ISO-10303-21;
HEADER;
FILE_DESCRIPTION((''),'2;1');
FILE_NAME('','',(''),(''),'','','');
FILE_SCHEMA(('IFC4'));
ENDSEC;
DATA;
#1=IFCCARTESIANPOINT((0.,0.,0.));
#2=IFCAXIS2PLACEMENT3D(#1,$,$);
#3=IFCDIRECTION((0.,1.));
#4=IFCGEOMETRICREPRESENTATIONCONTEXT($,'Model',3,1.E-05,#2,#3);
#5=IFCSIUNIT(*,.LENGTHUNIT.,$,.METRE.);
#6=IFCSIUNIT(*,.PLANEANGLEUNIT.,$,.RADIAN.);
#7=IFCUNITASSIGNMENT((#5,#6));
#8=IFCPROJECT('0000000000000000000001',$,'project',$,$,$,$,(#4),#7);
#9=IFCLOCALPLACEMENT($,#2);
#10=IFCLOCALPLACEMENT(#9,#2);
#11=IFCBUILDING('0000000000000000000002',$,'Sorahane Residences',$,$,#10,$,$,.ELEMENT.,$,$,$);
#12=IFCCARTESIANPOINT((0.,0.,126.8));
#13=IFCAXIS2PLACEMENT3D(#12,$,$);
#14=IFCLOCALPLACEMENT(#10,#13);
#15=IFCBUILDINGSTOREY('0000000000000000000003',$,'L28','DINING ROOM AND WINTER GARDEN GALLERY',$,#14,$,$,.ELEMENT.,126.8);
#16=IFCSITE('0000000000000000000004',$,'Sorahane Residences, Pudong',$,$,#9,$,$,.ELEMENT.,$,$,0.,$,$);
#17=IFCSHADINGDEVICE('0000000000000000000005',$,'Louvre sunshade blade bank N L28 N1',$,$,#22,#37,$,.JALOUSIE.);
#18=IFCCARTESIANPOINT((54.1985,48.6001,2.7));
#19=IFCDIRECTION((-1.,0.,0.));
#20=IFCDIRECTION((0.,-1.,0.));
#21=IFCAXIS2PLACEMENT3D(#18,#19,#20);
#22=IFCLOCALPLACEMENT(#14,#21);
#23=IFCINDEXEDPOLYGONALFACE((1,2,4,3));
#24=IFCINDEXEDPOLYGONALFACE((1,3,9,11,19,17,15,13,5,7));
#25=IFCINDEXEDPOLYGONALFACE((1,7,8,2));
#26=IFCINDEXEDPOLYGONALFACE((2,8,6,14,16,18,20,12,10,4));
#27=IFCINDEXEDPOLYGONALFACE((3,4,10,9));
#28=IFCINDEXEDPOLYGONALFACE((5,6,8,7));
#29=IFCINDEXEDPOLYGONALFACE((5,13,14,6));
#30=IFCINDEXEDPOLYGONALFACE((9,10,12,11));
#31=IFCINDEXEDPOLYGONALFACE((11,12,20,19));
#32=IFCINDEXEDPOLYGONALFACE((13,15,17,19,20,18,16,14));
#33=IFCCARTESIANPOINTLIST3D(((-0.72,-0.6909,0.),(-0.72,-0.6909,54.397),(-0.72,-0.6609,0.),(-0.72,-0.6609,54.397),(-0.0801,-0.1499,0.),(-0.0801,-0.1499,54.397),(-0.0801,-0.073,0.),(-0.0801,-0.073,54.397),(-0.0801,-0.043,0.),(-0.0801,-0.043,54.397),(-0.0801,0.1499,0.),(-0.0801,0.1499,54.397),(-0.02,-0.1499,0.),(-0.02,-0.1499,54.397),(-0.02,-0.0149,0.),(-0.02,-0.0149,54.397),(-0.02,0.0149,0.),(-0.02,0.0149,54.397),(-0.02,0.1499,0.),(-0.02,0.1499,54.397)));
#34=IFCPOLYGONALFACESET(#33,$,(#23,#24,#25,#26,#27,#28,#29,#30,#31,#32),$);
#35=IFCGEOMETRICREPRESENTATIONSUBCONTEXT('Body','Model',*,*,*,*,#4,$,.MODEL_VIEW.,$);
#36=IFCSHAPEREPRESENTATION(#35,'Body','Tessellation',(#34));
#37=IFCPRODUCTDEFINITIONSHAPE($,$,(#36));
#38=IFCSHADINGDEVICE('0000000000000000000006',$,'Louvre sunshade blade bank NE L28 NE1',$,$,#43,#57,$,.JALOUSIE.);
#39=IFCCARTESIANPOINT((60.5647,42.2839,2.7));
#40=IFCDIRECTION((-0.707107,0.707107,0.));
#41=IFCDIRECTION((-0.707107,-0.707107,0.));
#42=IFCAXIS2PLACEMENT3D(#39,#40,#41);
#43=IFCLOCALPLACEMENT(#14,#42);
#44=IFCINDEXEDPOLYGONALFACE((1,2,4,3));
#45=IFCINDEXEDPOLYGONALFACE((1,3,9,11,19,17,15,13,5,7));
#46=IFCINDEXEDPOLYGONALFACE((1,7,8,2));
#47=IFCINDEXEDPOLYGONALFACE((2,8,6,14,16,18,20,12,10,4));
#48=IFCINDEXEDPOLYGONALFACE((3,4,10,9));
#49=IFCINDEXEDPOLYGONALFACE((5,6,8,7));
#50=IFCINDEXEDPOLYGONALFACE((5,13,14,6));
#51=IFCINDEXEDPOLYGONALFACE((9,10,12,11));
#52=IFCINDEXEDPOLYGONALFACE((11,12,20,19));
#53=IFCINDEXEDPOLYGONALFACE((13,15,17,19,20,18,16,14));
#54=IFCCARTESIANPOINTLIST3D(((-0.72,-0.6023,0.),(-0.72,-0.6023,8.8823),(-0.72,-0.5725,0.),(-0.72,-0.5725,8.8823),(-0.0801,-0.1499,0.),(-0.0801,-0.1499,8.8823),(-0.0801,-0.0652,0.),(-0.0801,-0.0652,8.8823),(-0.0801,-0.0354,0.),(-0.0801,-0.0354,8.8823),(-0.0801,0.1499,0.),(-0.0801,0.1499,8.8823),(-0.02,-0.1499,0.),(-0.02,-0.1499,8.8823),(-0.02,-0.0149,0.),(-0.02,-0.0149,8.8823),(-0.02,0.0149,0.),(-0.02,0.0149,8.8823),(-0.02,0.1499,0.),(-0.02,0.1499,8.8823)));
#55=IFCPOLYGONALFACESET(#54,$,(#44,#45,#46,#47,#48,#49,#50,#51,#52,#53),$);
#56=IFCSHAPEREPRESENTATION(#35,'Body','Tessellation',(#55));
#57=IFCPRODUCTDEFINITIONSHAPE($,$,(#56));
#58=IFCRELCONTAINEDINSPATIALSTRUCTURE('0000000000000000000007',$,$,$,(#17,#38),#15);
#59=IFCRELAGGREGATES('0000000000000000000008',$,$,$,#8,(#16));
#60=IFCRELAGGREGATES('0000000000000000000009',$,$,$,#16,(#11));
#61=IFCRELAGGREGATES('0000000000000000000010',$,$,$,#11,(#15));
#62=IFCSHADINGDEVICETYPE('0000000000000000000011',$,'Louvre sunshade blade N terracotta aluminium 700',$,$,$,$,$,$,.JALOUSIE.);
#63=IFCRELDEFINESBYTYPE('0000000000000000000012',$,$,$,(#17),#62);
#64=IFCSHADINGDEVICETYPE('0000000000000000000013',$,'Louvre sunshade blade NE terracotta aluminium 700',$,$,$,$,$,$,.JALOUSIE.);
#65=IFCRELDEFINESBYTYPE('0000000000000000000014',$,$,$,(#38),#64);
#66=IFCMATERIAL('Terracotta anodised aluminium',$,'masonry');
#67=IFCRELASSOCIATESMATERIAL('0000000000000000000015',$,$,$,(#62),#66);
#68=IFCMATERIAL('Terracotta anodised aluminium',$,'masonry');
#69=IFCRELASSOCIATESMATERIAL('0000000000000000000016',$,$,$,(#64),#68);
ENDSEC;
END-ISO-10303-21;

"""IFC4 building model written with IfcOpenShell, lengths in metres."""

from ifc_helpers import new_model, si_unit, direction, frame, origin, place, context, subcontext, project, spatial, polyline, outline, extrude, material, type_object, element, save


model = new_model("IFC4")

# Units and contexts
model_context = context("Model", 3, precision=1e-05, world=origin(), true_north=direction((0.0, 1.0)))
body_context = subcontext(model_context, "Body", "Model", "MODEL_VIEW")
ifc_project = project(units=[si_unit("LENGTHUNIT", "METRE"), si_unit("PLANEANGLEUNIT", "RADIAN")], contexts=[model_context])

# Site, building, storey
site_placement = place(None, origin())
site = spatial("IfcSite", under=ifc_project, at=site_placement, Name="Sorahane Residences, Pudong", CompositionType="ELEMENT", RefElevation=0.0)
building_placement = place(site_placement, origin())
building = spatial("IfcBuilding", under=site, at=building_placement, Name="Sorahane Residences", CompositionType="ELEMENT")
storey_placement = place(building_placement, frame((0.0, 0.0, 126.8)))
storey = spatial("IfcBuildingStorey", under=building, at=storey_placement, Name="L28", Description="DINING ROOM AND WINTER GARDEN GALLERY", CompositionType="ELEMENT", Elevation=126.8)

# Shading devices
ifc_material_1 = material(Name="Terracotta anodised aluminium", Category="masonry")
shading_device_type_1 = type_object("IfcShadingDeviceType", Name="Louvre sunshade blade N terracotta aluminium 700", PredefinedType="JALOUSIE", material=ifc_material_1)
shading_device_1_placement = place(storey_placement, frame((54.1985, 48.6001, 2.7), z_axis=(-1.0, 0.0, 0.0), x_axis=(0.0, -1.0, 0.0)))
element("IfcShadingDevice", 1, at=shading_device_1_placement, inside=storey, type_object=shading_device_type_1, Name="Louvre sunshade blade bank N L28 N1", PredefinedType="JALOUSIE", context=body_context, shape_type="SweptSolid", body=[
    extrude(outline(polyline([(-0.72, -0.6609), (-0.72, -0.6909), (-0.0801, -0.073), (-0.0801, -0.1499), (-0.02, -0.1499), (-0.02, -0.0149), (-0.02, 0.0149), (-0.02, 0.1499), (-0.0801, 0.1499), (-0.0801, -0.043), (-0.72, -0.6609)])), origin(), (0.0, 0.0, 1.0), 54.397),
])
ifc_material_2 = material(Name="Terracotta anodised aluminium", Category="masonry")
shading_device_type_2 = type_object("IfcShadingDeviceType", Name="Louvre sunshade blade NE terracotta aluminium 700", PredefinedType="JALOUSIE", material=ifc_material_2)
shading_device_2_placement = place(storey_placement, frame((60.5647, 42.2839, 2.7), z_axis=(-0.707107, 0.707107, 0.0), x_axis=(-0.707107, -0.707107, 0.0)))
element("IfcShadingDevice", 2, at=shading_device_2_placement, inside=storey, type_object=shading_device_type_2, Name="Louvre sunshade blade bank NE L28 NE1", PredefinedType="JALOUSIE", context=body_context, shape_type="SweptSolid", body=[
    extrude(outline(polyline([(-0.72, -0.5725), (-0.72, -0.6023), (-0.0801, -0.0652), (-0.0801, -0.1499), (-0.02, -0.1499), (-0.02, -0.0149), (-0.02, 0.0149), (-0.02, 0.1499), (-0.0801, 0.1499), (-0.0801, -0.0354), (-0.72, -0.5725)])), origin(), (0.0, 0.0, 1.0), 8.8823),
])

save(model, "model.ifc")
